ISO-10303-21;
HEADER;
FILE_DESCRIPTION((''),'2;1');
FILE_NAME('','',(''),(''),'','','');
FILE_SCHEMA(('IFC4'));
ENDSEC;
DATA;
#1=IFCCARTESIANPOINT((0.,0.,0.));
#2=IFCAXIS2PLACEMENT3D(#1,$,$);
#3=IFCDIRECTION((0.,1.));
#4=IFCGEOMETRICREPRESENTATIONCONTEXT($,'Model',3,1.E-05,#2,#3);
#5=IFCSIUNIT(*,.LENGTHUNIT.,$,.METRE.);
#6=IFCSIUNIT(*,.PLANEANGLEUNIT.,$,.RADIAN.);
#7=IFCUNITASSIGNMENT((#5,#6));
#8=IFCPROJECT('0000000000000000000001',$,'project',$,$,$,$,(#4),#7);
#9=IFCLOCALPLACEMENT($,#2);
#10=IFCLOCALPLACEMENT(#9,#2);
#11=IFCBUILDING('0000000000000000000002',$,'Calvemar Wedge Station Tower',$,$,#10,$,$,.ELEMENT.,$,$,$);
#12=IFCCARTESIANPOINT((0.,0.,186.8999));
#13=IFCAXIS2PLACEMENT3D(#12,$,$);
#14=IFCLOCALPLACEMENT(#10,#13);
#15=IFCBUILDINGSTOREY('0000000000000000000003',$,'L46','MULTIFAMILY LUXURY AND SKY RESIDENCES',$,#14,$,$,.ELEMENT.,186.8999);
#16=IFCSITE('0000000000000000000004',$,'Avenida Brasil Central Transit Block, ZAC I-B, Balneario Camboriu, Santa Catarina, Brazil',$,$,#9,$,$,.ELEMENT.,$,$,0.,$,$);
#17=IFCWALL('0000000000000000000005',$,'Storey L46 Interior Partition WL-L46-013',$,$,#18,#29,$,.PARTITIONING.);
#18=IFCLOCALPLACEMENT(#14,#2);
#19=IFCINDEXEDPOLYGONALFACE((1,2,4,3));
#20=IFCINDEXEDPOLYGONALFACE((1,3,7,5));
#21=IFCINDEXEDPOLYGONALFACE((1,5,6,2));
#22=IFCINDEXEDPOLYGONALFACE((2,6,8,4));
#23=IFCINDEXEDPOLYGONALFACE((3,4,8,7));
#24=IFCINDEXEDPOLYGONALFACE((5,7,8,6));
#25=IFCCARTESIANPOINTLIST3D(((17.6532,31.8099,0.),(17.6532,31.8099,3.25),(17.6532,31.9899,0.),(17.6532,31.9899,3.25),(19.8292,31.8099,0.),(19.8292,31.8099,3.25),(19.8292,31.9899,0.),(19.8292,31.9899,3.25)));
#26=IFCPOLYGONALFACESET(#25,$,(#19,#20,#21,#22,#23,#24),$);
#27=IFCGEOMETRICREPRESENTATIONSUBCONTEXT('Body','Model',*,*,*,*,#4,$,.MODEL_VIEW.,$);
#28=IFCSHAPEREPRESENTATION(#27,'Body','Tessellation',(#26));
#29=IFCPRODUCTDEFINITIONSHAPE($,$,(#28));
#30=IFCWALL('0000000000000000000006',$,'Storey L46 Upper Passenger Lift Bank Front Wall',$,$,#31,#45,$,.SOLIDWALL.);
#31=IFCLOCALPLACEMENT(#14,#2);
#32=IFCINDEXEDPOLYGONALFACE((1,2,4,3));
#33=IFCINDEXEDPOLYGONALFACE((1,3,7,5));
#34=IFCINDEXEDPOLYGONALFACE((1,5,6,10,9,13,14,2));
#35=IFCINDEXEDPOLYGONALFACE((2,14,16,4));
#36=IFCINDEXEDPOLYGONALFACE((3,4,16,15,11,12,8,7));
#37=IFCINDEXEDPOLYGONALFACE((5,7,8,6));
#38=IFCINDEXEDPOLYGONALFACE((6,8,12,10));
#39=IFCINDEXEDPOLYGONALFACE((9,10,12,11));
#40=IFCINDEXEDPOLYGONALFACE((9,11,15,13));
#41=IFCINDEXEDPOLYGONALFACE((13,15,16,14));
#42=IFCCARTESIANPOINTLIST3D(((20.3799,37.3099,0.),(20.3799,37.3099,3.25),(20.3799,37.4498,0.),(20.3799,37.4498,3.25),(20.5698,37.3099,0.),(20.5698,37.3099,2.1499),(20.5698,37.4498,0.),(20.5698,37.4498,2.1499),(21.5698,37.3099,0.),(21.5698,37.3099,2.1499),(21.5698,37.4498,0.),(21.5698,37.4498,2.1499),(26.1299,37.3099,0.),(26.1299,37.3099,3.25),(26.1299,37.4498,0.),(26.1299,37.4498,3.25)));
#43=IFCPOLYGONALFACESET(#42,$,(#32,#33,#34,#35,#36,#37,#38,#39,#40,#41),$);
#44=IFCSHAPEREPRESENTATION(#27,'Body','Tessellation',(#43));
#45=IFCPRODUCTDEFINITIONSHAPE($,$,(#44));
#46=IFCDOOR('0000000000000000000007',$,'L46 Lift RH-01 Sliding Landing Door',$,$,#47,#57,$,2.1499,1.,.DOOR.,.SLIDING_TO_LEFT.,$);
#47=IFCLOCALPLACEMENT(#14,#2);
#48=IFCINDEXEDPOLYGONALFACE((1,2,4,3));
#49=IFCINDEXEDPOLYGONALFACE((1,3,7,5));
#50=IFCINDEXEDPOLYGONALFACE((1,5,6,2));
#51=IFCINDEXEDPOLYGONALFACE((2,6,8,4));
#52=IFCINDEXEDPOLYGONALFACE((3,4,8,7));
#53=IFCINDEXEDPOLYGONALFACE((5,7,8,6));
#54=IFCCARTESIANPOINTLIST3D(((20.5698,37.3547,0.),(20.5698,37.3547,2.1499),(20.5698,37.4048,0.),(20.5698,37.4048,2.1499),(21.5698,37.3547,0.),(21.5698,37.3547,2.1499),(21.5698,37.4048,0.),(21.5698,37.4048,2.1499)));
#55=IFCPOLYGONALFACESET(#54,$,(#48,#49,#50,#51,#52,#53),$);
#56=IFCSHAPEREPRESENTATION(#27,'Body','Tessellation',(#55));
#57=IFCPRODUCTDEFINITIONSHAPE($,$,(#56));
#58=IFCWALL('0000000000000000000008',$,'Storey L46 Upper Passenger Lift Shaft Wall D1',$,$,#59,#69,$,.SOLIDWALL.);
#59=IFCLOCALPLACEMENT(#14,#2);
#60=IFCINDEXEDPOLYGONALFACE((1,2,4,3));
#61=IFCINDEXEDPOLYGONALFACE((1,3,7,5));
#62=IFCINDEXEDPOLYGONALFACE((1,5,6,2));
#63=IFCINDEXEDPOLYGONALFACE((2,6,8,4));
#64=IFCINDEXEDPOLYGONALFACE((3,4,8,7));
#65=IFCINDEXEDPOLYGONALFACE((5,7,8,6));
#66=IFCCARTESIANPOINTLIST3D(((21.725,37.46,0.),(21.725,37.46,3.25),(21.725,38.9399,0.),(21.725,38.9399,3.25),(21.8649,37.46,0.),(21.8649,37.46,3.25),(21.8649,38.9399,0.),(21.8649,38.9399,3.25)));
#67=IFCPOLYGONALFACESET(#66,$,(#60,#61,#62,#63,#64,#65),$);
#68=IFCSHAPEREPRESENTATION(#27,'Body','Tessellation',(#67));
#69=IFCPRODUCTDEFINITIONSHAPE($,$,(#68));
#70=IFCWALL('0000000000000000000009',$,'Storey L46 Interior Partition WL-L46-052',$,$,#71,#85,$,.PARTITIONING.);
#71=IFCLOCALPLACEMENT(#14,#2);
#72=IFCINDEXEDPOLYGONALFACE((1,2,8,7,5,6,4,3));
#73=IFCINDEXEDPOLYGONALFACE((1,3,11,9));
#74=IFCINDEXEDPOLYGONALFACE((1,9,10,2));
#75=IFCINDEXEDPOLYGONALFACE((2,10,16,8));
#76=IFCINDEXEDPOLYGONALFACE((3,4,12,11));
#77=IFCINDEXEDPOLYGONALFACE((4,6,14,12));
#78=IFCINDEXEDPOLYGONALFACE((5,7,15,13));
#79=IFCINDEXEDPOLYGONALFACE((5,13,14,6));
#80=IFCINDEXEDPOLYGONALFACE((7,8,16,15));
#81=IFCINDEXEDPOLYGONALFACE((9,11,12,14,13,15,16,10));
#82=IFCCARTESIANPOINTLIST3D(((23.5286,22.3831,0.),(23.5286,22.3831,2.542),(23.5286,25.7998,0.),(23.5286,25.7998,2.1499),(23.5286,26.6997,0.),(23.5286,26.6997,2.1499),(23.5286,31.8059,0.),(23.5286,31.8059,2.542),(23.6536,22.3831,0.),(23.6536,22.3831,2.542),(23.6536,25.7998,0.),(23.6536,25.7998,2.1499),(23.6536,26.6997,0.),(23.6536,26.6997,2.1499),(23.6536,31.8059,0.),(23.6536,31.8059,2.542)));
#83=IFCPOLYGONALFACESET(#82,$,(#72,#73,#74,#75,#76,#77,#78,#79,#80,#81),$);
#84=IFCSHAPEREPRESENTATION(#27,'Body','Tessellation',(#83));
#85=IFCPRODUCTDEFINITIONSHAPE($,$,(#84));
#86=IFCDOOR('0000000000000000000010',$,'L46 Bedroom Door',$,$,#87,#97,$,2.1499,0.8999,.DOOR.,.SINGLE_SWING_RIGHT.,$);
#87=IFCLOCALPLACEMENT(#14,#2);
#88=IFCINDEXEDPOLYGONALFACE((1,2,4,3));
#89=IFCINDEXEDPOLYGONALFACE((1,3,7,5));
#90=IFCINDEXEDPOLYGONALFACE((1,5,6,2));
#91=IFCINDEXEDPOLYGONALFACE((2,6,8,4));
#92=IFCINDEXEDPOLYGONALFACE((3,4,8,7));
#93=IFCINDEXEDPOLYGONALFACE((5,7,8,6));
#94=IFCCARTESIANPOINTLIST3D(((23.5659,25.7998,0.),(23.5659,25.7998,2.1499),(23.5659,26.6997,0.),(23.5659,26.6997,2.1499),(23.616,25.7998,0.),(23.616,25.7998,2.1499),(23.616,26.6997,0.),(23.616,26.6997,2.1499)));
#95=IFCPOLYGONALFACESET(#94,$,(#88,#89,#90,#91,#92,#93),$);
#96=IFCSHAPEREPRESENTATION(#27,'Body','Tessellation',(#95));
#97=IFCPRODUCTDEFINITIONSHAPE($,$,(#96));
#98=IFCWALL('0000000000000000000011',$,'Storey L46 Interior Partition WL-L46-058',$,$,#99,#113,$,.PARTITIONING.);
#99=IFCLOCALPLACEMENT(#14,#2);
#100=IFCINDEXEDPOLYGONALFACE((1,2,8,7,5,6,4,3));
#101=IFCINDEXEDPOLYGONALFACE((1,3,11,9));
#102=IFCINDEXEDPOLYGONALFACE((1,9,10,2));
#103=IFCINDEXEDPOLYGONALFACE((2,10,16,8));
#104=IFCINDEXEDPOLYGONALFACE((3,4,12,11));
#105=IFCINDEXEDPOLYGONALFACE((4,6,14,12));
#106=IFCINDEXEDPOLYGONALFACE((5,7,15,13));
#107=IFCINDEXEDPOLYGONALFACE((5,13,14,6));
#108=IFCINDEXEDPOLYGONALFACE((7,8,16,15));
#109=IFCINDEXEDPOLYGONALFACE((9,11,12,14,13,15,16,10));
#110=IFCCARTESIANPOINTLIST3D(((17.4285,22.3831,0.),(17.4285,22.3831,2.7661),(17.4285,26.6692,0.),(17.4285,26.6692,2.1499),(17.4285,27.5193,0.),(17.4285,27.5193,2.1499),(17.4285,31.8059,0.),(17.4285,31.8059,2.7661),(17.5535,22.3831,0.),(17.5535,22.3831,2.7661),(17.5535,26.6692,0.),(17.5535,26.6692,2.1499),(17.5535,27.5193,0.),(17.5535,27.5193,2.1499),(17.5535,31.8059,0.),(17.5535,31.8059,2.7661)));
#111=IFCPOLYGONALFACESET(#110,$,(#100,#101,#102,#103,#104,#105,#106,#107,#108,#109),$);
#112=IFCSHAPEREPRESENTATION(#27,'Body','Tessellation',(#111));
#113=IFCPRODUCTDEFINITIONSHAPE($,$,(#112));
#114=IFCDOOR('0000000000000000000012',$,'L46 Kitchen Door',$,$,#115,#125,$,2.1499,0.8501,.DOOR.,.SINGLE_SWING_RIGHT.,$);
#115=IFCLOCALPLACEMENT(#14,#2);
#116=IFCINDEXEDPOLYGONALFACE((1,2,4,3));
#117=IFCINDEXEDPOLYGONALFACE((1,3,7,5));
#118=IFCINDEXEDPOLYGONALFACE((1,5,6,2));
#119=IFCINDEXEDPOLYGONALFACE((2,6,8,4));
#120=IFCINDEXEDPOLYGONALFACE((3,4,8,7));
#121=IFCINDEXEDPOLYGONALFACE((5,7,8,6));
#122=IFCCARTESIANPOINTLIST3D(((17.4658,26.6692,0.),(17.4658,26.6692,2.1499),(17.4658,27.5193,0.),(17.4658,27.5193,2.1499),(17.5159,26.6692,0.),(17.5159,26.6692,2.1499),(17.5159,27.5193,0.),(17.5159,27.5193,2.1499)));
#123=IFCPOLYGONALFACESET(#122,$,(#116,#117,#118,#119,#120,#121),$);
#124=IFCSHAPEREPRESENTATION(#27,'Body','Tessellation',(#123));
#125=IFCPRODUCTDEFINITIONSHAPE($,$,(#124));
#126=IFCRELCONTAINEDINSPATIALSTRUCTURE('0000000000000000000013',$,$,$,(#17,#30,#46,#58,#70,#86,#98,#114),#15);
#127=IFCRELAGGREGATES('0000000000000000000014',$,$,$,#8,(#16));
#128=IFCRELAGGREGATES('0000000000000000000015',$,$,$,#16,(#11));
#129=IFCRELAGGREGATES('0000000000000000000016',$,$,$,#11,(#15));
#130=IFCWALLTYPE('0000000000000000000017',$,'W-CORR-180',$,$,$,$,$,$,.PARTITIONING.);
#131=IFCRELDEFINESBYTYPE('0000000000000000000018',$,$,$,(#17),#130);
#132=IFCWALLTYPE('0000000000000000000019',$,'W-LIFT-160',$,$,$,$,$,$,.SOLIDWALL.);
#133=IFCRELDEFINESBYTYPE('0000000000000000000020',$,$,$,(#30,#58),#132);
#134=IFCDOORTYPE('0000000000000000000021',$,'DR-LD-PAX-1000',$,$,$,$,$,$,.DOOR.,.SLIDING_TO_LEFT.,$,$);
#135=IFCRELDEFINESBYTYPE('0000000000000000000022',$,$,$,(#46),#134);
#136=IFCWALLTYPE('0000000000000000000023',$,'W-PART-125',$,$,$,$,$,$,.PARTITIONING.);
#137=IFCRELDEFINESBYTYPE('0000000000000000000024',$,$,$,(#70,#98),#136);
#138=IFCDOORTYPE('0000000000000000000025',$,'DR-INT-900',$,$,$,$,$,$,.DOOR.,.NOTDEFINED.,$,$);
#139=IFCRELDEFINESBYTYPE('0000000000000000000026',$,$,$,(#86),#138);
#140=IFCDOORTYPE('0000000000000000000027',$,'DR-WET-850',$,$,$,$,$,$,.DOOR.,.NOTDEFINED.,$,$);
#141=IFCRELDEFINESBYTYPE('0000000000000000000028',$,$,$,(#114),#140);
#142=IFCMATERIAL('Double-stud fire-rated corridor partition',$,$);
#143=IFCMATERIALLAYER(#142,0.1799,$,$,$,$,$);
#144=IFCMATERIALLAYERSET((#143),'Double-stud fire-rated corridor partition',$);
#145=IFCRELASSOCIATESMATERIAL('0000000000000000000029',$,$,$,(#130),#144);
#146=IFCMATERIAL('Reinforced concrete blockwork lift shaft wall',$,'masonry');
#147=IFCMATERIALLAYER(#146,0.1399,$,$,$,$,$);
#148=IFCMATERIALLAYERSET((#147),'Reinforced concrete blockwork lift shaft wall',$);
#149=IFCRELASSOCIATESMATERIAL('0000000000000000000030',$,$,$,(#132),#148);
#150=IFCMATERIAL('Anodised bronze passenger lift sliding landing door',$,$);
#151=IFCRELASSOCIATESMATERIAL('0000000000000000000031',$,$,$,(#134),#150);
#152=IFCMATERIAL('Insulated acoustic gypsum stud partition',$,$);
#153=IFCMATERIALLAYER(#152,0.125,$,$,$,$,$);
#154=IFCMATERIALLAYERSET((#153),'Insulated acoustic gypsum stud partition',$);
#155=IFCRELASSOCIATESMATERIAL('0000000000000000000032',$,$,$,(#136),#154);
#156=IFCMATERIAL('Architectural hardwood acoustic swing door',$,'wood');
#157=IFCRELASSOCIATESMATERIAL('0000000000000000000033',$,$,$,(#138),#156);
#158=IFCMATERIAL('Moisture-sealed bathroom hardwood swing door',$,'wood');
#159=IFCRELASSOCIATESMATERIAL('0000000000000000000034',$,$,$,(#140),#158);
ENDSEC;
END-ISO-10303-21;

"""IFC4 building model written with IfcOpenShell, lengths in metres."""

from ifc_helpers import new_model, si_unit, direction, frame, frame_2d, origin, place, context, subcontext, project, spatial, rectangle, extrude, source, transform, mapped, material, layer, layer_set, type_object, element, fill, save


model = new_model("IFC4")

# Units and contexts
model_context = context("Model", 3, precision=1e-05, world=origin(), true_north=direction((0.0, 1.0)))
body_context = subcontext(model_context, "Body", "Model", "MODEL_VIEW")
ifc_project = project(units=[si_unit("LENGTHUNIT", "METRE"), si_unit("PLANEANGLEUNIT", "RADIAN")], contexts=[model_context])

# Site, building, storey
site_placement = place(None, origin())
site = spatial("IfcSite", under=ifc_project, at=site_placement, Name="Avenida Brasil Central Transit Block, ZAC I-B, Balneario Camboriu, Santa Catarina, Brazil", CompositionType="ELEMENT", RefElevation=0.0)
building_placement = place(site_placement, origin())
building = spatial("IfcBuilding", under=site, at=building_placement, Name="Calvemar Wedge Station Tower", CompositionType="ELEMENT")
storey_placement = place(building_placement, frame((0.0, 0.0, 186.8999)))
storey = spatial("IfcBuildingStorey", under=building, at=storey_placement, Name="L46", Description="MULTIFAMILY LUXURY AND SKY RESIDENCES", CompositionType="ELEMENT", Elevation=186.8999)

# Shared definitions
ifc_material_1 = material(Name="Double-stud fire-rated corridor partition")
ifc_layer_1 = layer(ifc_material_1, 0.1799)
ifc_layer_set_1 = layer_set([ifc_layer_1], Name="Double-stud fire-rated corridor partition")
wall_type_1 = type_object("IfcWallType", Name="W-CORR-180", PredefinedType="PARTITIONING", material=ifc_layer_set_1)

# Wall
wall_1_placement = place(storey_placement, frame((19.8291, 31.8999, 0.0), z_axis=(0.0, 0.0, 1.0), x_axis=(-1.0, 0.0, 0.0)))
element("IfcWall", 1, at=wall_1_placement, inside=storey, type_object=wall_type_1, Name="Storey L46 Interior Partition WL-L46-013", PredefinedType="PARTITIONING", context=body_context, shape_type="SweptSolid", body=[
    extrude(rectangle(XDim=2.176, YDim=0.1799, at=frame_2d((1.0879, 0.0))), origin(), (0.0, 0.0, 1.0), 3.25),
])

# Wall, opening, door
ifc_material_2 = material(Name="Reinforced concrete blockwork lift shaft wall", Category="masonry")
ifc_layer_2 = layer(ifc_material_2, 0.1399)
ifc_layer_set_2 = layer_set([ifc_layer_2], Name="Reinforced concrete blockwork lift shaft wall")
wall_type_2 = type_object("IfcWallType", Name="W-LIFT-160", PredefinedType="SOLIDWALL", material=ifc_layer_set_2)
wall_2_placement = place(storey_placement, frame((20.3799, 37.3799, 0.0), z_axis=(0.0, 0.0, 1.0), x_axis=(1.0, 0.0, 0.0)))
wall_2 = element("IfcWall", 2, at=wall_2_placement, inside=storey, type_object=wall_type_2, Name="Storey L46 Upper Passenger Lift Bank Front Wall", PredefinedType="SOLIDWALL", context=body_context, shape_type="SweptSolid", body=[
    extrude(rectangle(XDim=5.75, YDim=0.1399, at=frame_2d((2.875, 0.0))), origin(), (0.0, 0.0, 1.0), 3.25),
])
shared_shape_1 = source(origin(), body_context, "Body", "SweptSolid", [
    extrude(rectangle(XDim=1.0, YDim=2.1499, at=frame_2d((0.5, 1.075))), frame((0.0, 0.0801, 0.0), z_axis=(0.0, -1.0, 0.0), x_axis=(1.0, 0.0, 0.0)), (0.0, 0.0, 1.0), 0.1599),
])
opening_1_placement = place(wall_2_placement, frame((0.1899, 0.0, 0.0)))
opening_1 = element("IfcOpeningElement", 3, at=opening_1_placement, cuts=wall_2, PredefinedType="OPENING", context=body_context, shape_type="MappedRepresentation", body=[
    mapped(shared_shape_1, transform((0.0, 0.0, 0.0), scale=1.0)),
])
ifc_material_3 = material(Name="Anodised bronze passenger lift sliding landing door")
door_type_1 = type_object("IfcDoorType", Name="DR-LD-PAX-1000", OperationType="SLIDING_TO_LEFT", PredefinedType="DOOR", material=ifc_material_3)
shared_shape_2 = source(origin(), body_context, "Body", "SweptSolid", [
    extrude(rectangle(XDim=1.0, YDim=2.1499, at=frame_2d((0.5, 1.075))), frame((0.0, 0.0249, 0.0), z_axis=(0.0, -1.0, 0.0), x_axis=(1.0, 0.0, 0.0)), (0.0, 0.0, 1.0), 0.05),
])
door_1_placement = place(opening_1_placement, origin())
door_1 = element("IfcDoor", 4, at=door_1_placement, inside=storey, type_object=door_type_1, Name="L46 Lift RH-01 Sliding Landing Door", OperationType="SLIDING_TO_LEFT", OverallHeight=2.1499, OverallWidth=1.0, PredefinedType="DOOR", context=body_context, shape_type="MappedRepresentation", body=[
    mapped(shared_shape_2, transform((0.0, 0.0, 0.0), scale=1.0)),
])
fill(opening_1, door_1)

# Wall
wall_3_placement = place(storey_placement, frame((21.7949, 37.46, 0.0), z_axis=(0.0, 0.0, 1.0), x_axis=(0.0, 1.0, 0.0)))
element("IfcWall", 5, at=wall_3_placement, inside=storey, type_object=wall_type_2, Name="Storey L46 Upper Passenger Lift Shaft Wall D1", PredefinedType="SOLIDWALL", context=body_context, shape_type="SweptSolid", body=[
    extrude(rectangle(XDim=1.48, YDim=0.1399, at=frame_2d((0.74, 0.0))), origin(), (0.0, 0.0, 1.0), 3.25),
])

# Walls, openings, doors
ifc_material_4 = material(Name="Insulated acoustic gypsum stud partition")
ifc_layer_3 = layer(ifc_material_4, 0.125)
ifc_layer_set_3 = layer_set([ifc_layer_3], Name="Insulated acoustic gypsum stud partition")
wall_type_3 = type_object("IfcWallType", Name="W-PART-125", PredefinedType="PARTITIONING", material=ifc_layer_set_3)
wall_4_placement = place(storey_placement, frame((23.5911, 31.8059, 0.0), z_axis=(0.0, 0.0, 1.0), x_axis=(0.0, -1.0, 0.0)))
wall_4 = element("IfcWall", 6, at=wall_4_placement, inside=storey, type_object=wall_type_3, Name="Storey L46 Interior Partition WL-L46-052", PredefinedType="PARTITIONING", context=body_context, shape_type="SweptSolid", body=[
    extrude(rectangle(XDim=9.4229, YDim=0.125, at=frame_2d((4.7114, 0.0))), origin(), (0.0, 0.0, 1.0), 2.542),
])
shared_shape_3 = source(origin(), body_context, "Body", "SweptSolid", [
    extrude(rectangle(XDim=0.8999, YDim=2.1499, at=frame_2d((0.45, 1.075))), frame((0.0, 0.0725, 0.0), z_axis=(0.0, -1.0, 0.0), x_axis=(1.0, 0.0, 0.0)), (0.0, 0.0, 1.0), 0.145),
])
opening_2_placement = place(wall_4_placement, frame((5.1062, 0.0, 0.0)))
opening_2 = element("IfcOpeningElement", 7, at=opening_2_placement, cuts=wall_4, PredefinedType="OPENING", context=body_context, shape_type="MappedRepresentation", body=[
    mapped(shared_shape_3, transform((0.0, 0.0, 0.0), scale=1.0)),
])
ifc_material_5 = material(Name="Architectural hardwood acoustic swing door", Category="wood")
door_type_2 = type_object("IfcDoorType", Name="DR-INT-900", OperationType="NOTDEFINED", PredefinedType="DOOR", material=ifc_material_5)
shared_shape_4 = source(origin(), body_context, "Body", "SweptSolid", [
    extrude(rectangle(XDim=0.8999, YDim=2.1499, at=frame_2d((0.45, 1.075))), frame((0.0, 0.0249, 0.0), z_axis=(0.0, -1.0, 0.0), x_axis=(1.0, 0.0, 0.0)), (0.0, 0.0, 1.0), 0.05),
])
door_2_placement = place(opening_2_placement, origin())
door_2 = element("IfcDoor", 8, at=door_2_placement, inside=storey, type_object=door_type_2, Name="L46 Bedroom Door", OperationType="SINGLE_SWING_RIGHT", OverallHeight=2.1499, OverallWidth=0.8999, PredefinedType="DOOR", context=body_context, shape_type="MappedRepresentation", body=[
    mapped(shared_shape_4, transform((0.0, 0.0, 0.0), scale=1.0)),
])
fill(opening_2, door_2)
wall_5_placement = place(storey_placement, frame((17.491, 31.8059, 0.0), z_axis=(0.0, 0.0, 1.0), x_axis=(0.0, -1.0, 0.0)))
wall_5 = element("IfcWall", 9, at=wall_5_placement, inside=storey, type_object=wall_type_3, Name="Storey L46 Interior Partition WL-L46-058", PredefinedType="PARTITIONING", context=body_context, shape_type="SweptSolid", body=[
    extrude(rectangle(XDim=9.4229, YDim=0.125, at=frame_2d((4.7114, 0.0))), origin(), (0.0, 0.0, 1.0), 2.7661),
])
shared_shape_5 = source(origin(), body_context, "Body", "SweptSolid", [
    extrude(rectangle(XDim=0.8501, YDim=2.1499, at=frame_2d((0.425, 1.075))), frame((0.0, 0.0725, 0.0), z_axis=(0.0, -1.0, 0.0), x_axis=(1.0, 0.0, 0.0)), (0.0, 0.0, 1.0), 0.145),
])
opening_3_placement = place(wall_5_placement, frame((4.2866, 0.0, 0.0)))
opening_3 = element("IfcOpeningElement", 10, at=opening_3_placement, cuts=wall_5, PredefinedType="OPENING", context=body_context, shape_type="MappedRepresentation", body=[
    mapped(shared_shape_5, transform((0.0, 0.0, 0.0), scale=1.0)),
])
ifc_material_6 = material(Name="Moisture-sealed bathroom hardwood swing door", Category="wood")
door_type_3 = type_object("IfcDoorType", Name="DR-WET-850", OperationType="NOTDEFINED", PredefinedType="DOOR", material=ifc_material_6)
shared_shape_6 = source(origin(), body_context, "Body", "SweptSolid", [
    extrude(rectangle(XDim=0.8501, YDim=2.1499, at=frame_2d((0.425, 1.075))), frame((0.0, 0.0249, 0.0), z_axis=(0.0, -1.0, 0.0), x_axis=(1.0, 0.0, 0.0)), (0.0, 0.0, 1.0), 0.05),
])
door_3_placement = place(opening_3_placement, origin())
door_3 = element("IfcDoor", 11, at=door_3_placement, inside=storey, type_object=door_type_3, Name="L46 Kitchen Door", OperationType="SINGLE_SWING_RIGHT", OverallHeight=2.1499, OverallWidth=0.8501, PredefinedType="DOOR", context=body_context, shape_type="MappedRepresentation", body=[
    mapped(shared_shape_6, transform((0.0, 0.0, 0.0), scale=1.0)),
])
fill(opening_3, door_3)

save(model, "model.ifc")
